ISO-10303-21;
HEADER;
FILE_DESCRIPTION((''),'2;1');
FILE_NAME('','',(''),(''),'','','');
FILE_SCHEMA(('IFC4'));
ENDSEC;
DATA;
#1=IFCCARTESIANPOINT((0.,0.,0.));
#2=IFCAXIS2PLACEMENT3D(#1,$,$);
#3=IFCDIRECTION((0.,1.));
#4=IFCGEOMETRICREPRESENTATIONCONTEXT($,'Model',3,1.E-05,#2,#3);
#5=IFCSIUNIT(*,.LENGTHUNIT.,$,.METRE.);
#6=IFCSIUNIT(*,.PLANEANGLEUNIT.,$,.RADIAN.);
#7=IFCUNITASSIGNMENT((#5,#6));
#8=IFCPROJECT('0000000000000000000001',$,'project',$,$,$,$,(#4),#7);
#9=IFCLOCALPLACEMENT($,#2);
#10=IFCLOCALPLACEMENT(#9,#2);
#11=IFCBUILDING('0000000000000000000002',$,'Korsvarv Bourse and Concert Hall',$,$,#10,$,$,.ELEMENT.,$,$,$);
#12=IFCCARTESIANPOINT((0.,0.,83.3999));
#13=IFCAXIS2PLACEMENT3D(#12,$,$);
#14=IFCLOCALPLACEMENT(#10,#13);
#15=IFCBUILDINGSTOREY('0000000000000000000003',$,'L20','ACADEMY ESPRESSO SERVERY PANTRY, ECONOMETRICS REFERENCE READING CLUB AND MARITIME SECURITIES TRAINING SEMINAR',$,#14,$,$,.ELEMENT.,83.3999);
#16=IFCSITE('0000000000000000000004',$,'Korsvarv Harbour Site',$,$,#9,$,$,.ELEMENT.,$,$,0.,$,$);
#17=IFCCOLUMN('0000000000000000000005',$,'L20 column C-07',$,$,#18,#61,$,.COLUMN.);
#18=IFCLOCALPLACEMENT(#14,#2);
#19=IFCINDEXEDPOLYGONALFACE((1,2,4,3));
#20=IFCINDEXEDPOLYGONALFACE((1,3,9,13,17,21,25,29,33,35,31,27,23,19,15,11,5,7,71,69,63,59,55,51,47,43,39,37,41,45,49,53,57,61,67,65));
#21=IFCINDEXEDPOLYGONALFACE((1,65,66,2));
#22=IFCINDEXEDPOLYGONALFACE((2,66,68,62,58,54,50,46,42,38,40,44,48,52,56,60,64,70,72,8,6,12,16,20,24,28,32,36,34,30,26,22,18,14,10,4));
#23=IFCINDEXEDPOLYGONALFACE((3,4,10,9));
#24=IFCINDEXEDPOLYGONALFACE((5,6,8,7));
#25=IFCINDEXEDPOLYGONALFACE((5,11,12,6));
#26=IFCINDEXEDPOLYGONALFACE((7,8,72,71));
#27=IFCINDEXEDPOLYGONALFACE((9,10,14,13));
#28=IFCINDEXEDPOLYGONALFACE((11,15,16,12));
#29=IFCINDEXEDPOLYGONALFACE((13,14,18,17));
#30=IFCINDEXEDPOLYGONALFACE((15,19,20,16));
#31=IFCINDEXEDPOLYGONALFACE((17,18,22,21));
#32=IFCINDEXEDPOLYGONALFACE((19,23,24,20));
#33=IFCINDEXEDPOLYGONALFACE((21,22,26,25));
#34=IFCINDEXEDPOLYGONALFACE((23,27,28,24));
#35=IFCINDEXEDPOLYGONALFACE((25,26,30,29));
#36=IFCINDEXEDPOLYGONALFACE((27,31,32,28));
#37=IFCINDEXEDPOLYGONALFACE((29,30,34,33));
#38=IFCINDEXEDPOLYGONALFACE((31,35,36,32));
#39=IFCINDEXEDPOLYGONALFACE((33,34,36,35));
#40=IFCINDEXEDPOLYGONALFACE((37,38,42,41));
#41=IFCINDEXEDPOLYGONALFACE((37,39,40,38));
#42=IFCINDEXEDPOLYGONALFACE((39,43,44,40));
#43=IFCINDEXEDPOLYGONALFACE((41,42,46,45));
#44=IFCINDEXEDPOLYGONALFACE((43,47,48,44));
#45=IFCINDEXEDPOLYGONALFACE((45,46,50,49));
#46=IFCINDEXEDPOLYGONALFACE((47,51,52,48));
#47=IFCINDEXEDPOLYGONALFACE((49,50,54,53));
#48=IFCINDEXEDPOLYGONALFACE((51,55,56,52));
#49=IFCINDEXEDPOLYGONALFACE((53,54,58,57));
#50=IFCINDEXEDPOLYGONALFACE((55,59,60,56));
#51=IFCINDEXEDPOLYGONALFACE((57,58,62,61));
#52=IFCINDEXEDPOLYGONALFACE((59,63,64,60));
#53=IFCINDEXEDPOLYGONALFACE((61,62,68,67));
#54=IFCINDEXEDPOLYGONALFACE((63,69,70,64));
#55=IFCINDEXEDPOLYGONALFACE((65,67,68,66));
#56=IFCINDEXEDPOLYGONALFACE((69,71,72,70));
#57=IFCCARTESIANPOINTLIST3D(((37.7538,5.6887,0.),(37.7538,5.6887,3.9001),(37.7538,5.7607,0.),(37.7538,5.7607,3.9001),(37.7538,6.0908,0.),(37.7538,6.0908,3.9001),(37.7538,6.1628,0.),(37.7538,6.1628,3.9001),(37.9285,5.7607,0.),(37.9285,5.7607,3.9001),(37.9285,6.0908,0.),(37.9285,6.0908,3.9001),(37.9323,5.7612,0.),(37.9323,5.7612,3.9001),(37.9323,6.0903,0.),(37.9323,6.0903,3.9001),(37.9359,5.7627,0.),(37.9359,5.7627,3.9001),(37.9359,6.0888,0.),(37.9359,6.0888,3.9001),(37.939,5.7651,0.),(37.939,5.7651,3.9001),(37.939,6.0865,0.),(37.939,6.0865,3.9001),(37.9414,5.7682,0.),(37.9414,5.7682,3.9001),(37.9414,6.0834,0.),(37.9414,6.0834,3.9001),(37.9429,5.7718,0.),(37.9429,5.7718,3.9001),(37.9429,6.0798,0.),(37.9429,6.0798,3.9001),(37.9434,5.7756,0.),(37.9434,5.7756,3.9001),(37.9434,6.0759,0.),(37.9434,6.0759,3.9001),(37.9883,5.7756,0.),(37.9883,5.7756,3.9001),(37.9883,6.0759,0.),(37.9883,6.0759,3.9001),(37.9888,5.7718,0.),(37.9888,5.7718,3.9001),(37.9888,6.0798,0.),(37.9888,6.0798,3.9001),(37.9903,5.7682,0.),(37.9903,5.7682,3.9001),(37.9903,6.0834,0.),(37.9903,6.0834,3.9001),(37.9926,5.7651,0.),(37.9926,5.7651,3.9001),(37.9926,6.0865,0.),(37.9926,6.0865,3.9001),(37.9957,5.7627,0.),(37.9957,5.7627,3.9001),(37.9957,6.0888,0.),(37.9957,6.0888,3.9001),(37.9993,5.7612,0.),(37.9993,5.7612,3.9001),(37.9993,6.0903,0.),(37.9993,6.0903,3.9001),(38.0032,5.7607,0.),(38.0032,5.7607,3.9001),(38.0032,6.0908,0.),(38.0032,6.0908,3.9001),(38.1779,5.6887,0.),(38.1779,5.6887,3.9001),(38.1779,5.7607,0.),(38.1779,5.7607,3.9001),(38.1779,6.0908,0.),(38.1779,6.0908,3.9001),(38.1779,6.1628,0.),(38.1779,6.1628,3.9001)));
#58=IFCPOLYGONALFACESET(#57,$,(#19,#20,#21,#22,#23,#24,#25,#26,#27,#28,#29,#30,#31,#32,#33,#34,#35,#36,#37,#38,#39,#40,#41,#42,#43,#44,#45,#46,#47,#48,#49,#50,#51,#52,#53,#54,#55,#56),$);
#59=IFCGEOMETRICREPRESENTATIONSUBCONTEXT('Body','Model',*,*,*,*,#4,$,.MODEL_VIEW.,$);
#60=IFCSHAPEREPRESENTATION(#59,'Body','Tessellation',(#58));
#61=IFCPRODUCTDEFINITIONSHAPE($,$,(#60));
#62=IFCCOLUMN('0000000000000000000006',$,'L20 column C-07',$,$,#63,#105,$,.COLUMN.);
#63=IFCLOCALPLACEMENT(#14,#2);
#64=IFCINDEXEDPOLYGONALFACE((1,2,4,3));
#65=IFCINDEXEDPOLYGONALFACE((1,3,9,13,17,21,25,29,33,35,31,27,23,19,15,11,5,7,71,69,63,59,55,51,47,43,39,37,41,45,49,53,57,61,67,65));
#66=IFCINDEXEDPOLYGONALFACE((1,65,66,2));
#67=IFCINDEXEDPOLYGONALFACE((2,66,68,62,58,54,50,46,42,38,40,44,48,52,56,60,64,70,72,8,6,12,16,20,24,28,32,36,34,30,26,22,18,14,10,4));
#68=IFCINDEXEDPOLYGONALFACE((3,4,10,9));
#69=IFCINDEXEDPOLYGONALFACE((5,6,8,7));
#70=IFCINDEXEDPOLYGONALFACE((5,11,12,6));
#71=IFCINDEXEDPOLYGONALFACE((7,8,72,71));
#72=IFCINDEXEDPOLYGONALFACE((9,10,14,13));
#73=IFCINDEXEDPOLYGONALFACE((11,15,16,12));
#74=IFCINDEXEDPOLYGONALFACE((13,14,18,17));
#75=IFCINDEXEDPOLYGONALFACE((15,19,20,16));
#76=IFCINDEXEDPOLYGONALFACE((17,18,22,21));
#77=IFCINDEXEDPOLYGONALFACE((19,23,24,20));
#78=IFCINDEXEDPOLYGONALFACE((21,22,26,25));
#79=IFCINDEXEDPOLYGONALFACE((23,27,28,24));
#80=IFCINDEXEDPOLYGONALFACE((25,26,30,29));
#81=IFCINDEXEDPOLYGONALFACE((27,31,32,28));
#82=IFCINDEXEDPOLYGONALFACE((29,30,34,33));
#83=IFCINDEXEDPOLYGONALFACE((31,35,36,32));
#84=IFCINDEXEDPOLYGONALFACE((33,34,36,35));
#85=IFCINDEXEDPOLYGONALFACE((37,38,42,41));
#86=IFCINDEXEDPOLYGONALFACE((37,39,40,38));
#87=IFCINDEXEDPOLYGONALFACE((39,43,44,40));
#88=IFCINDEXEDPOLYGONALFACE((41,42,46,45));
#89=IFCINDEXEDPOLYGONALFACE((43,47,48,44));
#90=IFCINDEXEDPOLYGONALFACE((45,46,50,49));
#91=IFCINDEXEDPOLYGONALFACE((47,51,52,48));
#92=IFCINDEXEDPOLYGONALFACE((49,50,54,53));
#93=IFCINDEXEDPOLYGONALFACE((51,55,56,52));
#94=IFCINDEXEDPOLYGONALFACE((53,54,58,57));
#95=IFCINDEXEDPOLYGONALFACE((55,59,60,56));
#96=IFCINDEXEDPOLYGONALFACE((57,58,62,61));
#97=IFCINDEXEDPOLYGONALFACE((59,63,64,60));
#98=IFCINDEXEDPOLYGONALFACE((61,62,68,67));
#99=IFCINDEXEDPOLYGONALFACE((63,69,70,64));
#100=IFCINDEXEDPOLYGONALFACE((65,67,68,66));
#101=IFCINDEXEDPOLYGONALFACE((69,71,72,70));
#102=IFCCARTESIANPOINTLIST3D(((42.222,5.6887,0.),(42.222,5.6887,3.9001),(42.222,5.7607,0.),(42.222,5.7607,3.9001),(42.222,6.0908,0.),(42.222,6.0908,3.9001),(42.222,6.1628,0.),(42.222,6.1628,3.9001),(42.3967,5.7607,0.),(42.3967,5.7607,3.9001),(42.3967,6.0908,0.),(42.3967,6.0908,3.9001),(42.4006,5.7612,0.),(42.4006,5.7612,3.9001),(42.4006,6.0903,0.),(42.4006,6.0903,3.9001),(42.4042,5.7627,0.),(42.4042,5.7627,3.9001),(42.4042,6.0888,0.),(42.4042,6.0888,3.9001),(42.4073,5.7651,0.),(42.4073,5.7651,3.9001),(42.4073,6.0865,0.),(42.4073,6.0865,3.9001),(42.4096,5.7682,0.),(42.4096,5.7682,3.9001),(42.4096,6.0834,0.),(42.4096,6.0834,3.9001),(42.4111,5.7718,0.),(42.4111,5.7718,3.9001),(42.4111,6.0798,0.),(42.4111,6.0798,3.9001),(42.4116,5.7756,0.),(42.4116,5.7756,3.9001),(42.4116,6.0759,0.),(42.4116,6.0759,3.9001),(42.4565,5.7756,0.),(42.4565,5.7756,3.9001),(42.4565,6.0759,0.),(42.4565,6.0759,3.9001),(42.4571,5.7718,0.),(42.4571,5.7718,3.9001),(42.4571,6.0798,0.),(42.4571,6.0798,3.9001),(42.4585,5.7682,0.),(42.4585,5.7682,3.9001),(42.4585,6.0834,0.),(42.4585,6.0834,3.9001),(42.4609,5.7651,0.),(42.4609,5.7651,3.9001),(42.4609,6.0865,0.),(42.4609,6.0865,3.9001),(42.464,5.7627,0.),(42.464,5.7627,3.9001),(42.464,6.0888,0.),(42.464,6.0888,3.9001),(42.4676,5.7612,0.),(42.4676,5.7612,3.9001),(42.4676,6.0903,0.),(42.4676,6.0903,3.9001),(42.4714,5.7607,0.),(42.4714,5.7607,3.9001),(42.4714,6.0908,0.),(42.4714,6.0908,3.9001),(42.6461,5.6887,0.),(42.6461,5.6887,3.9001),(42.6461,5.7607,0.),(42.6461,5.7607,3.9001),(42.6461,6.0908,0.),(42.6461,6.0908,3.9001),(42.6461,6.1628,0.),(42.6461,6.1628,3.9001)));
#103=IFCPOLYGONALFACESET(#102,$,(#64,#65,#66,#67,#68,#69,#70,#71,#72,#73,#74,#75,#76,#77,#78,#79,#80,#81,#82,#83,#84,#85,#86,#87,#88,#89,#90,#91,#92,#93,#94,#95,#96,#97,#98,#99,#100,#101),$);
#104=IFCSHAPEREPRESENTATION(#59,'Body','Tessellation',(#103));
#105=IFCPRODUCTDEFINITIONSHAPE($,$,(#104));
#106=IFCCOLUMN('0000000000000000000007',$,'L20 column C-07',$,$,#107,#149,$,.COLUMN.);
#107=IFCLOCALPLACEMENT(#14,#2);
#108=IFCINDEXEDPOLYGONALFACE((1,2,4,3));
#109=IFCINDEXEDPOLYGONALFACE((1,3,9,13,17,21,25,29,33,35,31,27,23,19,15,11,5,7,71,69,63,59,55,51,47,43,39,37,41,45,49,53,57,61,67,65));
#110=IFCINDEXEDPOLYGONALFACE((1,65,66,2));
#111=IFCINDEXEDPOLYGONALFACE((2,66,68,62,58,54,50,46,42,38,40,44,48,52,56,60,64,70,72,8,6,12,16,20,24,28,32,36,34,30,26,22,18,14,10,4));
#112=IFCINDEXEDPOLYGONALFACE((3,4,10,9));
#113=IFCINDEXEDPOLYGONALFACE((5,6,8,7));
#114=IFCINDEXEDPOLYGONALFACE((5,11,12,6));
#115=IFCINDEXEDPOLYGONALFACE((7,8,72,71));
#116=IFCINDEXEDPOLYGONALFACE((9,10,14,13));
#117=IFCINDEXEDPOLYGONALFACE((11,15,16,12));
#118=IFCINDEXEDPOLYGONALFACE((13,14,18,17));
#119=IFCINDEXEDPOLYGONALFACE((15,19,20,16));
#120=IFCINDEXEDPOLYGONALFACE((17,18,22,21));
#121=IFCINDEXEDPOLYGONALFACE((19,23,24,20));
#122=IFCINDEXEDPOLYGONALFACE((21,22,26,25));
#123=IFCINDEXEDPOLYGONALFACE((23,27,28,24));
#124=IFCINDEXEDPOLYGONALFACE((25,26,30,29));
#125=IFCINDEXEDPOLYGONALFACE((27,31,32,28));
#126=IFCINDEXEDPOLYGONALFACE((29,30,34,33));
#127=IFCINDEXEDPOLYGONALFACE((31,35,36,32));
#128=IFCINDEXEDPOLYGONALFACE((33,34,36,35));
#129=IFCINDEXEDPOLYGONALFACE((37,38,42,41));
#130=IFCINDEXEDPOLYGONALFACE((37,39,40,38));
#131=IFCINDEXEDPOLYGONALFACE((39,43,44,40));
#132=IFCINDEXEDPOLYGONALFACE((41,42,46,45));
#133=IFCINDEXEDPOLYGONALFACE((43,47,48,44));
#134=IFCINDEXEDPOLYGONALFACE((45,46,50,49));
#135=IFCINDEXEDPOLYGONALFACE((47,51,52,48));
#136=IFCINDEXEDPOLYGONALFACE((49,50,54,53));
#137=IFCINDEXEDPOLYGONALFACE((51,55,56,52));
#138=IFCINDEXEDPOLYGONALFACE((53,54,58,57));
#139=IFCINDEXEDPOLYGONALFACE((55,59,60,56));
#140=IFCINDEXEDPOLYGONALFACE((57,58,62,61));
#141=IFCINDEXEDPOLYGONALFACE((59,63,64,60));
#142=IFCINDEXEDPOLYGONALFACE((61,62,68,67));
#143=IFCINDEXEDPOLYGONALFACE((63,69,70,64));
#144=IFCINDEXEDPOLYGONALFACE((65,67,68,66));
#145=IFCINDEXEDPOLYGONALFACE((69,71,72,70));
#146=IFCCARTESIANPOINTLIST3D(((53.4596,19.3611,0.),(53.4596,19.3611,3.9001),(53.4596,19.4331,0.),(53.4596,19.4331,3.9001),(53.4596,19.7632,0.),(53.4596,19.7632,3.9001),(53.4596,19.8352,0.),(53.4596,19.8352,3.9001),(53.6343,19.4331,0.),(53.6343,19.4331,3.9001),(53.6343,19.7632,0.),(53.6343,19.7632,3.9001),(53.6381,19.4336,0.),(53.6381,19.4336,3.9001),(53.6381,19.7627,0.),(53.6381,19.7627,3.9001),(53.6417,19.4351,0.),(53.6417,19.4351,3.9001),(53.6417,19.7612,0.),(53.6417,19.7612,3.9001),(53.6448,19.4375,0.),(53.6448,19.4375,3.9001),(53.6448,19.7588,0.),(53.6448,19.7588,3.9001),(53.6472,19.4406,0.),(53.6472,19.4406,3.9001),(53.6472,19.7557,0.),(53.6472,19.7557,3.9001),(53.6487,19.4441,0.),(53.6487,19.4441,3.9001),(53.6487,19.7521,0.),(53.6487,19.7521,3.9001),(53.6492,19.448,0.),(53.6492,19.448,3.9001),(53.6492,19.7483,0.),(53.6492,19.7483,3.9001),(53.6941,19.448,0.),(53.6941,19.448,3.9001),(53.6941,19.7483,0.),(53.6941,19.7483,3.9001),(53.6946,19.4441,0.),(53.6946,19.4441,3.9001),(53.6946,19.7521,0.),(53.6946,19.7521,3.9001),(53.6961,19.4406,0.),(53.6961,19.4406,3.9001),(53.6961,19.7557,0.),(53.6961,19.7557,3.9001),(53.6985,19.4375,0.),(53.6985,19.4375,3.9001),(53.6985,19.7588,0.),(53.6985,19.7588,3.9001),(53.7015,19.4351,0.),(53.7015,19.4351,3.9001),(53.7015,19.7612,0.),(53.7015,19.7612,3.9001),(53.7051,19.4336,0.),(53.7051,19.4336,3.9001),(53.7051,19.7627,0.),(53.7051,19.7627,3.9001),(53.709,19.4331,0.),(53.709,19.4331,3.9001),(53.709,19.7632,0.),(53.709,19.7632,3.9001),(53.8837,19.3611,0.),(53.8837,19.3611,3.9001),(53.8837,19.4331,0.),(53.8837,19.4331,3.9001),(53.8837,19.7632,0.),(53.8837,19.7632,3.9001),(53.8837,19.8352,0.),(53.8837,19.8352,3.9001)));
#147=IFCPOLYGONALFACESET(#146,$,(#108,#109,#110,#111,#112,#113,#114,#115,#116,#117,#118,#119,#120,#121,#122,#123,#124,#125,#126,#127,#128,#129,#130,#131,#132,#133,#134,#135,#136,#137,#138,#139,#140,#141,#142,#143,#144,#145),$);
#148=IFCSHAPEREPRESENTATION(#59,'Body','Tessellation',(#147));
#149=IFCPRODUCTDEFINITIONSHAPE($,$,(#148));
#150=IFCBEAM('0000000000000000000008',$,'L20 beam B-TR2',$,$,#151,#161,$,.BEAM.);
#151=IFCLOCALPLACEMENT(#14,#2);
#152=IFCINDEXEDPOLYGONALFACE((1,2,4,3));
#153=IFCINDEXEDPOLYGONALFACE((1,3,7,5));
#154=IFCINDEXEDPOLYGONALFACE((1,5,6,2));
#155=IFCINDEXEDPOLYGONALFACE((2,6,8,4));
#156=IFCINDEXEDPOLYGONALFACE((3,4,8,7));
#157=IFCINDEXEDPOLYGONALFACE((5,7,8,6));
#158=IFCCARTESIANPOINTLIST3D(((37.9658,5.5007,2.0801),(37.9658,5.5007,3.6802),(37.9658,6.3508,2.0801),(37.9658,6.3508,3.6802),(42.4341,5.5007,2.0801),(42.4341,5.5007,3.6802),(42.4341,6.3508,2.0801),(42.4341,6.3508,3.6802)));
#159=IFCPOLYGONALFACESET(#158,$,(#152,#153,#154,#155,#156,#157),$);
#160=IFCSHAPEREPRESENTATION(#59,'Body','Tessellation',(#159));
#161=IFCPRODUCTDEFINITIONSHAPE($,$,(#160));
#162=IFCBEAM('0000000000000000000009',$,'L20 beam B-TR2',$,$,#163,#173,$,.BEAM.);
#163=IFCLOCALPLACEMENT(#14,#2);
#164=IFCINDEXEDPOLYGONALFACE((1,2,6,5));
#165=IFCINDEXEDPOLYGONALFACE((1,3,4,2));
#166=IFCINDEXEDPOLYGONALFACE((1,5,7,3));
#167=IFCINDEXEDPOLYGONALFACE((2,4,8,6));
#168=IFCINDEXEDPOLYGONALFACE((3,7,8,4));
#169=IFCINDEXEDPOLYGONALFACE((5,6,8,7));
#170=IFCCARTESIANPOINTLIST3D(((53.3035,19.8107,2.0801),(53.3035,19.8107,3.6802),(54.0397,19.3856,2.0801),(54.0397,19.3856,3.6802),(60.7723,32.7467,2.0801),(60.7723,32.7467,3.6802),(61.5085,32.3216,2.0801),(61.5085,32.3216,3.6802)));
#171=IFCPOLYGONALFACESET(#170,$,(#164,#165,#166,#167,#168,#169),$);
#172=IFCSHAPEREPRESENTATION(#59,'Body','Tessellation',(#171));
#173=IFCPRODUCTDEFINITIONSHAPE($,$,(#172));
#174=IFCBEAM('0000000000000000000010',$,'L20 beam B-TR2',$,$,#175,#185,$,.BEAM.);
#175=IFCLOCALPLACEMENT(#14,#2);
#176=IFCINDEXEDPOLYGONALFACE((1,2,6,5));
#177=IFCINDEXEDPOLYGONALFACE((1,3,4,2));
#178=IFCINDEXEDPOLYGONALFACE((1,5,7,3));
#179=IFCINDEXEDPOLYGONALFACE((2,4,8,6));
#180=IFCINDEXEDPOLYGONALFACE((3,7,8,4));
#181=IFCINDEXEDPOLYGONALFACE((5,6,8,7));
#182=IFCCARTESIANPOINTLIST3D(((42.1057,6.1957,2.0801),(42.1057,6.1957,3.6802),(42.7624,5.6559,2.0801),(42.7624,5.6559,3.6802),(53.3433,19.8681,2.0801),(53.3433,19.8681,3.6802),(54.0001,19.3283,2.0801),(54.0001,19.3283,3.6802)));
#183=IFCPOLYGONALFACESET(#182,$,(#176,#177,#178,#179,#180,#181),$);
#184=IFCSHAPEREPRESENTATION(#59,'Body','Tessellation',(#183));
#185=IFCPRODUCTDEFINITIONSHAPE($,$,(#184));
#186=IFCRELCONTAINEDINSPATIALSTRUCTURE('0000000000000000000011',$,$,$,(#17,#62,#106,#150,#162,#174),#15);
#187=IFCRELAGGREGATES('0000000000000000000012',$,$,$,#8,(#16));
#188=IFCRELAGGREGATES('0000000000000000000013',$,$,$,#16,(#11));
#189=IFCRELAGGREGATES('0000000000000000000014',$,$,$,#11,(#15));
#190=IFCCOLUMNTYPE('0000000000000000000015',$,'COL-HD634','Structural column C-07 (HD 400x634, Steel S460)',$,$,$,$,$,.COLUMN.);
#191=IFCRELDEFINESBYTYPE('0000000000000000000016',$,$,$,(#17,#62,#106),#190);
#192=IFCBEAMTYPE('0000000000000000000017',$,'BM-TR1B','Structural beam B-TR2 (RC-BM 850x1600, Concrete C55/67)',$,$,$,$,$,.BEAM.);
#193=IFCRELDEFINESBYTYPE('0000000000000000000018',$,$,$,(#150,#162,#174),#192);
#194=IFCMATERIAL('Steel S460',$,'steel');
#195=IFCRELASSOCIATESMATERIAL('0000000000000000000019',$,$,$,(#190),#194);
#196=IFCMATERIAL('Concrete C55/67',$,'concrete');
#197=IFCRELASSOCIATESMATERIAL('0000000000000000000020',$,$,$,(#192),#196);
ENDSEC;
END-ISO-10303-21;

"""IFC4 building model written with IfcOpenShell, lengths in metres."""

from ifc_helpers import new_model, si_unit, direction, frame, origin, origin_2d, place, context, subcontext, project, spatial, rectangle, i_section, extrude, source, transform, mapped, material, material_profile, profile_set, type_object, element, save


model = new_model("IFC4")

# Units and contexts
model_context = context("Model", 3, precision=1e-05, world=origin(), true_north=direction((0.0, 1.0)))
body_context = subcontext(model_context, "Body", "Model", "MODEL_VIEW")
ifc_project = project(units=[si_unit("LENGTHUNIT", "METRE"), si_unit("PLANEANGLEUNIT", "RADIAN")], contexts=[model_context])

# Site, building, storey
site_placement = place(None, origin())
site = spatial("IfcSite", under=ifc_project, at=site_placement, Name="Korsvarv Harbour Site", CompositionType="ELEMENT", RefElevation=0.0)
building_placement = place(site_placement, origin())
building = spatial("IfcBuilding", under=site, at=building_placement, Name="Korsvarv Bourse and Concert Hall", CompositionType="ELEMENT")
storey_placement = place(building_placement, frame((0.0, 0.0, 83.3999)))
storey = spatial("IfcBuildingStorey", under=building, at=storey_placement, Name="L20", Description="ACADEMY ESPRESSO SERVERY PANTRY, ECONOMETRICS REFERENCE READING CLUB AND MARITIME SECURITIES TRAINING SEMINAR", CompositionType="ELEMENT", Elevation=83.3999)

# Columns
ifc_material_1 = material(Name="Steel S460", Category="steel")
ifc_material_profile_1 = material_profile(ifc_material_1, i_section(OverallWidth=0.4241, OverallDepth=0.4741, WebThickness=0.0449, FlangeThickness=0.072, FilletRadius=0.0149, at=origin_2d()), Name="HD 400x634")
ifc_profile_set_1 = profile_set([ifc_material_profile_1], Name="Steel S460")
column_type = type_object("IfcColumnType", Name="COL-HD634", Description="Structural column C-07 (HD 400x634, Steel S460)", PredefinedType="COLUMN", material=ifc_profile_set_1)
shared_shape_1 = source(origin(), body_context, "Body", "SweptSolid", [
    extrude(i_section(OverallWidth=0.4241, OverallDepth=0.4741, WebThickness=0.0449, FlangeThickness=0.072, FilletRadius=0.0149, at=origin_2d()), origin(), (0.0, 0.0, 1.0), 3.9001),
])
for number, where, z_axis, x_axis, name in (
    (1, (37.9658, 5.9258, 0.0), (0.0, 0.0, 1.0), (1.0, 0.0, 0.0), "L20 column C-07"),
    (2, (42.4341, 5.9258, 0.0), (0.0, 0.0, 1.0), (1.0, 0.0, 0.0), "L20 column C-07"),
    (3, (53.6716, 19.5981, 0.0), (0.0, 0.0, 1.0), (1.0, 0.0, 0.0), "L20 column C-07"),
):
    element("IfcColumn", number, at=place(storey_placement, frame(where, z_axis=z_axis, x_axis=x_axis)), inside=storey, type_object=column_type, Name=name, PredefinedType="COLUMN", context=body_context, shape_type="MappedRepresentation", body=[
        mapped(shared_shape_1, transform((0.0, 0.0, 0.0), scale=1.0)),
    ])

# Beams
ifc_material_2 = material(Name="Concrete C55/67", Category="concrete")
ifc_material_profile_2 = material_profile(ifc_material_2, rectangle(XDim=0.8501, YDim=1.6001, at=origin_2d()), Name="RC-BM 850x1600")
ifc_profile_set_2 = profile_set([ifc_material_profile_2], Name="Concrete C55/67")
beam_type_1 = type_object("IfcBeamType", Name="BM-TR1B", Description="Structural beam B-TR2 (RC-BM 850x1600, Concrete C55/67)", PredefinedType="BEAM", material=ifc_profile_set_2)
shared_shape_2 = source(origin(), body_context, "Body", "SweptSolid", [
    extrude(rectangle(XDim=0.8501, YDim=1.6001, at=origin_2d()), origin(), (0.0, 0.0, 1.0), 4.4683),
])
beam_1_placement = place(storey_placement, frame((37.9658, 5.9258, 2.8801), z_axis=(1.0, 0.0, 0.0), x_axis=(0.0, 1.0, 0.0)))
element("IfcBeam", 4, at=beam_1_placement, inside=storey, type_object=beam_type_1, Name="L20 beam B-TR2", PredefinedType="BEAM", context=body_context, shape_type="MappedRepresentation", body=[
    mapped(shared_shape_2, transform((0.0, 0.0, 0.0), scale=1.0)),
])
shared_shape_3 = source(origin(), body_context, "Body", "SweptSolid", [
    extrude(rectangle(XDim=0.8501, YDim=1.6001, at=origin_2d()), origin(), (0.0, 0.0, 1.0), 14.9373),
])
beam_2_placement = place(storey_placement, frame((53.6716, 19.5981, 2.8801), z_axis=(0.500006, 0.866022, 0.0), x_axis=(-0.866022, 0.500006, 0.0)))
element("IfcBeam", 5, at=beam_2_placement, inside=storey, type_object=beam_type_1, Name="L20 beam B-TR2", PredefinedType="BEAM", context=body_context, shape_type="MappedRepresentation", body=[
    mapped(shared_shape_3, transform((0.0, 0.0, 0.0), scale=1.0)),
])
shared_shape_4 = source(origin(), body_context, "Body", "SweptSolid", [
    extrude(rectangle(XDim=0.8501, YDim=1.6001, at=origin_2d()), origin(), (0.0, 0.0, 1.0), 17.698),
])
beam_3_placement = place(storey_placement, frame((42.4341, 5.9258, 2.8801), z_axis=(0.634965, 0.772541, 0.0), x_axis=(-0.772541, 0.634965, 0.0)))
element("IfcBeam", 6, at=beam_3_placement, inside=storey, type_object=beam_type_1, Name="L20 beam B-TR2", PredefinedType="BEAM", context=body_context, shape_type="MappedRepresentation", body=[
    mapped(shared_shape_4, transform((0.0, 0.0, 0.0), scale=1.0)),
])

save(model, "model.ifc")
